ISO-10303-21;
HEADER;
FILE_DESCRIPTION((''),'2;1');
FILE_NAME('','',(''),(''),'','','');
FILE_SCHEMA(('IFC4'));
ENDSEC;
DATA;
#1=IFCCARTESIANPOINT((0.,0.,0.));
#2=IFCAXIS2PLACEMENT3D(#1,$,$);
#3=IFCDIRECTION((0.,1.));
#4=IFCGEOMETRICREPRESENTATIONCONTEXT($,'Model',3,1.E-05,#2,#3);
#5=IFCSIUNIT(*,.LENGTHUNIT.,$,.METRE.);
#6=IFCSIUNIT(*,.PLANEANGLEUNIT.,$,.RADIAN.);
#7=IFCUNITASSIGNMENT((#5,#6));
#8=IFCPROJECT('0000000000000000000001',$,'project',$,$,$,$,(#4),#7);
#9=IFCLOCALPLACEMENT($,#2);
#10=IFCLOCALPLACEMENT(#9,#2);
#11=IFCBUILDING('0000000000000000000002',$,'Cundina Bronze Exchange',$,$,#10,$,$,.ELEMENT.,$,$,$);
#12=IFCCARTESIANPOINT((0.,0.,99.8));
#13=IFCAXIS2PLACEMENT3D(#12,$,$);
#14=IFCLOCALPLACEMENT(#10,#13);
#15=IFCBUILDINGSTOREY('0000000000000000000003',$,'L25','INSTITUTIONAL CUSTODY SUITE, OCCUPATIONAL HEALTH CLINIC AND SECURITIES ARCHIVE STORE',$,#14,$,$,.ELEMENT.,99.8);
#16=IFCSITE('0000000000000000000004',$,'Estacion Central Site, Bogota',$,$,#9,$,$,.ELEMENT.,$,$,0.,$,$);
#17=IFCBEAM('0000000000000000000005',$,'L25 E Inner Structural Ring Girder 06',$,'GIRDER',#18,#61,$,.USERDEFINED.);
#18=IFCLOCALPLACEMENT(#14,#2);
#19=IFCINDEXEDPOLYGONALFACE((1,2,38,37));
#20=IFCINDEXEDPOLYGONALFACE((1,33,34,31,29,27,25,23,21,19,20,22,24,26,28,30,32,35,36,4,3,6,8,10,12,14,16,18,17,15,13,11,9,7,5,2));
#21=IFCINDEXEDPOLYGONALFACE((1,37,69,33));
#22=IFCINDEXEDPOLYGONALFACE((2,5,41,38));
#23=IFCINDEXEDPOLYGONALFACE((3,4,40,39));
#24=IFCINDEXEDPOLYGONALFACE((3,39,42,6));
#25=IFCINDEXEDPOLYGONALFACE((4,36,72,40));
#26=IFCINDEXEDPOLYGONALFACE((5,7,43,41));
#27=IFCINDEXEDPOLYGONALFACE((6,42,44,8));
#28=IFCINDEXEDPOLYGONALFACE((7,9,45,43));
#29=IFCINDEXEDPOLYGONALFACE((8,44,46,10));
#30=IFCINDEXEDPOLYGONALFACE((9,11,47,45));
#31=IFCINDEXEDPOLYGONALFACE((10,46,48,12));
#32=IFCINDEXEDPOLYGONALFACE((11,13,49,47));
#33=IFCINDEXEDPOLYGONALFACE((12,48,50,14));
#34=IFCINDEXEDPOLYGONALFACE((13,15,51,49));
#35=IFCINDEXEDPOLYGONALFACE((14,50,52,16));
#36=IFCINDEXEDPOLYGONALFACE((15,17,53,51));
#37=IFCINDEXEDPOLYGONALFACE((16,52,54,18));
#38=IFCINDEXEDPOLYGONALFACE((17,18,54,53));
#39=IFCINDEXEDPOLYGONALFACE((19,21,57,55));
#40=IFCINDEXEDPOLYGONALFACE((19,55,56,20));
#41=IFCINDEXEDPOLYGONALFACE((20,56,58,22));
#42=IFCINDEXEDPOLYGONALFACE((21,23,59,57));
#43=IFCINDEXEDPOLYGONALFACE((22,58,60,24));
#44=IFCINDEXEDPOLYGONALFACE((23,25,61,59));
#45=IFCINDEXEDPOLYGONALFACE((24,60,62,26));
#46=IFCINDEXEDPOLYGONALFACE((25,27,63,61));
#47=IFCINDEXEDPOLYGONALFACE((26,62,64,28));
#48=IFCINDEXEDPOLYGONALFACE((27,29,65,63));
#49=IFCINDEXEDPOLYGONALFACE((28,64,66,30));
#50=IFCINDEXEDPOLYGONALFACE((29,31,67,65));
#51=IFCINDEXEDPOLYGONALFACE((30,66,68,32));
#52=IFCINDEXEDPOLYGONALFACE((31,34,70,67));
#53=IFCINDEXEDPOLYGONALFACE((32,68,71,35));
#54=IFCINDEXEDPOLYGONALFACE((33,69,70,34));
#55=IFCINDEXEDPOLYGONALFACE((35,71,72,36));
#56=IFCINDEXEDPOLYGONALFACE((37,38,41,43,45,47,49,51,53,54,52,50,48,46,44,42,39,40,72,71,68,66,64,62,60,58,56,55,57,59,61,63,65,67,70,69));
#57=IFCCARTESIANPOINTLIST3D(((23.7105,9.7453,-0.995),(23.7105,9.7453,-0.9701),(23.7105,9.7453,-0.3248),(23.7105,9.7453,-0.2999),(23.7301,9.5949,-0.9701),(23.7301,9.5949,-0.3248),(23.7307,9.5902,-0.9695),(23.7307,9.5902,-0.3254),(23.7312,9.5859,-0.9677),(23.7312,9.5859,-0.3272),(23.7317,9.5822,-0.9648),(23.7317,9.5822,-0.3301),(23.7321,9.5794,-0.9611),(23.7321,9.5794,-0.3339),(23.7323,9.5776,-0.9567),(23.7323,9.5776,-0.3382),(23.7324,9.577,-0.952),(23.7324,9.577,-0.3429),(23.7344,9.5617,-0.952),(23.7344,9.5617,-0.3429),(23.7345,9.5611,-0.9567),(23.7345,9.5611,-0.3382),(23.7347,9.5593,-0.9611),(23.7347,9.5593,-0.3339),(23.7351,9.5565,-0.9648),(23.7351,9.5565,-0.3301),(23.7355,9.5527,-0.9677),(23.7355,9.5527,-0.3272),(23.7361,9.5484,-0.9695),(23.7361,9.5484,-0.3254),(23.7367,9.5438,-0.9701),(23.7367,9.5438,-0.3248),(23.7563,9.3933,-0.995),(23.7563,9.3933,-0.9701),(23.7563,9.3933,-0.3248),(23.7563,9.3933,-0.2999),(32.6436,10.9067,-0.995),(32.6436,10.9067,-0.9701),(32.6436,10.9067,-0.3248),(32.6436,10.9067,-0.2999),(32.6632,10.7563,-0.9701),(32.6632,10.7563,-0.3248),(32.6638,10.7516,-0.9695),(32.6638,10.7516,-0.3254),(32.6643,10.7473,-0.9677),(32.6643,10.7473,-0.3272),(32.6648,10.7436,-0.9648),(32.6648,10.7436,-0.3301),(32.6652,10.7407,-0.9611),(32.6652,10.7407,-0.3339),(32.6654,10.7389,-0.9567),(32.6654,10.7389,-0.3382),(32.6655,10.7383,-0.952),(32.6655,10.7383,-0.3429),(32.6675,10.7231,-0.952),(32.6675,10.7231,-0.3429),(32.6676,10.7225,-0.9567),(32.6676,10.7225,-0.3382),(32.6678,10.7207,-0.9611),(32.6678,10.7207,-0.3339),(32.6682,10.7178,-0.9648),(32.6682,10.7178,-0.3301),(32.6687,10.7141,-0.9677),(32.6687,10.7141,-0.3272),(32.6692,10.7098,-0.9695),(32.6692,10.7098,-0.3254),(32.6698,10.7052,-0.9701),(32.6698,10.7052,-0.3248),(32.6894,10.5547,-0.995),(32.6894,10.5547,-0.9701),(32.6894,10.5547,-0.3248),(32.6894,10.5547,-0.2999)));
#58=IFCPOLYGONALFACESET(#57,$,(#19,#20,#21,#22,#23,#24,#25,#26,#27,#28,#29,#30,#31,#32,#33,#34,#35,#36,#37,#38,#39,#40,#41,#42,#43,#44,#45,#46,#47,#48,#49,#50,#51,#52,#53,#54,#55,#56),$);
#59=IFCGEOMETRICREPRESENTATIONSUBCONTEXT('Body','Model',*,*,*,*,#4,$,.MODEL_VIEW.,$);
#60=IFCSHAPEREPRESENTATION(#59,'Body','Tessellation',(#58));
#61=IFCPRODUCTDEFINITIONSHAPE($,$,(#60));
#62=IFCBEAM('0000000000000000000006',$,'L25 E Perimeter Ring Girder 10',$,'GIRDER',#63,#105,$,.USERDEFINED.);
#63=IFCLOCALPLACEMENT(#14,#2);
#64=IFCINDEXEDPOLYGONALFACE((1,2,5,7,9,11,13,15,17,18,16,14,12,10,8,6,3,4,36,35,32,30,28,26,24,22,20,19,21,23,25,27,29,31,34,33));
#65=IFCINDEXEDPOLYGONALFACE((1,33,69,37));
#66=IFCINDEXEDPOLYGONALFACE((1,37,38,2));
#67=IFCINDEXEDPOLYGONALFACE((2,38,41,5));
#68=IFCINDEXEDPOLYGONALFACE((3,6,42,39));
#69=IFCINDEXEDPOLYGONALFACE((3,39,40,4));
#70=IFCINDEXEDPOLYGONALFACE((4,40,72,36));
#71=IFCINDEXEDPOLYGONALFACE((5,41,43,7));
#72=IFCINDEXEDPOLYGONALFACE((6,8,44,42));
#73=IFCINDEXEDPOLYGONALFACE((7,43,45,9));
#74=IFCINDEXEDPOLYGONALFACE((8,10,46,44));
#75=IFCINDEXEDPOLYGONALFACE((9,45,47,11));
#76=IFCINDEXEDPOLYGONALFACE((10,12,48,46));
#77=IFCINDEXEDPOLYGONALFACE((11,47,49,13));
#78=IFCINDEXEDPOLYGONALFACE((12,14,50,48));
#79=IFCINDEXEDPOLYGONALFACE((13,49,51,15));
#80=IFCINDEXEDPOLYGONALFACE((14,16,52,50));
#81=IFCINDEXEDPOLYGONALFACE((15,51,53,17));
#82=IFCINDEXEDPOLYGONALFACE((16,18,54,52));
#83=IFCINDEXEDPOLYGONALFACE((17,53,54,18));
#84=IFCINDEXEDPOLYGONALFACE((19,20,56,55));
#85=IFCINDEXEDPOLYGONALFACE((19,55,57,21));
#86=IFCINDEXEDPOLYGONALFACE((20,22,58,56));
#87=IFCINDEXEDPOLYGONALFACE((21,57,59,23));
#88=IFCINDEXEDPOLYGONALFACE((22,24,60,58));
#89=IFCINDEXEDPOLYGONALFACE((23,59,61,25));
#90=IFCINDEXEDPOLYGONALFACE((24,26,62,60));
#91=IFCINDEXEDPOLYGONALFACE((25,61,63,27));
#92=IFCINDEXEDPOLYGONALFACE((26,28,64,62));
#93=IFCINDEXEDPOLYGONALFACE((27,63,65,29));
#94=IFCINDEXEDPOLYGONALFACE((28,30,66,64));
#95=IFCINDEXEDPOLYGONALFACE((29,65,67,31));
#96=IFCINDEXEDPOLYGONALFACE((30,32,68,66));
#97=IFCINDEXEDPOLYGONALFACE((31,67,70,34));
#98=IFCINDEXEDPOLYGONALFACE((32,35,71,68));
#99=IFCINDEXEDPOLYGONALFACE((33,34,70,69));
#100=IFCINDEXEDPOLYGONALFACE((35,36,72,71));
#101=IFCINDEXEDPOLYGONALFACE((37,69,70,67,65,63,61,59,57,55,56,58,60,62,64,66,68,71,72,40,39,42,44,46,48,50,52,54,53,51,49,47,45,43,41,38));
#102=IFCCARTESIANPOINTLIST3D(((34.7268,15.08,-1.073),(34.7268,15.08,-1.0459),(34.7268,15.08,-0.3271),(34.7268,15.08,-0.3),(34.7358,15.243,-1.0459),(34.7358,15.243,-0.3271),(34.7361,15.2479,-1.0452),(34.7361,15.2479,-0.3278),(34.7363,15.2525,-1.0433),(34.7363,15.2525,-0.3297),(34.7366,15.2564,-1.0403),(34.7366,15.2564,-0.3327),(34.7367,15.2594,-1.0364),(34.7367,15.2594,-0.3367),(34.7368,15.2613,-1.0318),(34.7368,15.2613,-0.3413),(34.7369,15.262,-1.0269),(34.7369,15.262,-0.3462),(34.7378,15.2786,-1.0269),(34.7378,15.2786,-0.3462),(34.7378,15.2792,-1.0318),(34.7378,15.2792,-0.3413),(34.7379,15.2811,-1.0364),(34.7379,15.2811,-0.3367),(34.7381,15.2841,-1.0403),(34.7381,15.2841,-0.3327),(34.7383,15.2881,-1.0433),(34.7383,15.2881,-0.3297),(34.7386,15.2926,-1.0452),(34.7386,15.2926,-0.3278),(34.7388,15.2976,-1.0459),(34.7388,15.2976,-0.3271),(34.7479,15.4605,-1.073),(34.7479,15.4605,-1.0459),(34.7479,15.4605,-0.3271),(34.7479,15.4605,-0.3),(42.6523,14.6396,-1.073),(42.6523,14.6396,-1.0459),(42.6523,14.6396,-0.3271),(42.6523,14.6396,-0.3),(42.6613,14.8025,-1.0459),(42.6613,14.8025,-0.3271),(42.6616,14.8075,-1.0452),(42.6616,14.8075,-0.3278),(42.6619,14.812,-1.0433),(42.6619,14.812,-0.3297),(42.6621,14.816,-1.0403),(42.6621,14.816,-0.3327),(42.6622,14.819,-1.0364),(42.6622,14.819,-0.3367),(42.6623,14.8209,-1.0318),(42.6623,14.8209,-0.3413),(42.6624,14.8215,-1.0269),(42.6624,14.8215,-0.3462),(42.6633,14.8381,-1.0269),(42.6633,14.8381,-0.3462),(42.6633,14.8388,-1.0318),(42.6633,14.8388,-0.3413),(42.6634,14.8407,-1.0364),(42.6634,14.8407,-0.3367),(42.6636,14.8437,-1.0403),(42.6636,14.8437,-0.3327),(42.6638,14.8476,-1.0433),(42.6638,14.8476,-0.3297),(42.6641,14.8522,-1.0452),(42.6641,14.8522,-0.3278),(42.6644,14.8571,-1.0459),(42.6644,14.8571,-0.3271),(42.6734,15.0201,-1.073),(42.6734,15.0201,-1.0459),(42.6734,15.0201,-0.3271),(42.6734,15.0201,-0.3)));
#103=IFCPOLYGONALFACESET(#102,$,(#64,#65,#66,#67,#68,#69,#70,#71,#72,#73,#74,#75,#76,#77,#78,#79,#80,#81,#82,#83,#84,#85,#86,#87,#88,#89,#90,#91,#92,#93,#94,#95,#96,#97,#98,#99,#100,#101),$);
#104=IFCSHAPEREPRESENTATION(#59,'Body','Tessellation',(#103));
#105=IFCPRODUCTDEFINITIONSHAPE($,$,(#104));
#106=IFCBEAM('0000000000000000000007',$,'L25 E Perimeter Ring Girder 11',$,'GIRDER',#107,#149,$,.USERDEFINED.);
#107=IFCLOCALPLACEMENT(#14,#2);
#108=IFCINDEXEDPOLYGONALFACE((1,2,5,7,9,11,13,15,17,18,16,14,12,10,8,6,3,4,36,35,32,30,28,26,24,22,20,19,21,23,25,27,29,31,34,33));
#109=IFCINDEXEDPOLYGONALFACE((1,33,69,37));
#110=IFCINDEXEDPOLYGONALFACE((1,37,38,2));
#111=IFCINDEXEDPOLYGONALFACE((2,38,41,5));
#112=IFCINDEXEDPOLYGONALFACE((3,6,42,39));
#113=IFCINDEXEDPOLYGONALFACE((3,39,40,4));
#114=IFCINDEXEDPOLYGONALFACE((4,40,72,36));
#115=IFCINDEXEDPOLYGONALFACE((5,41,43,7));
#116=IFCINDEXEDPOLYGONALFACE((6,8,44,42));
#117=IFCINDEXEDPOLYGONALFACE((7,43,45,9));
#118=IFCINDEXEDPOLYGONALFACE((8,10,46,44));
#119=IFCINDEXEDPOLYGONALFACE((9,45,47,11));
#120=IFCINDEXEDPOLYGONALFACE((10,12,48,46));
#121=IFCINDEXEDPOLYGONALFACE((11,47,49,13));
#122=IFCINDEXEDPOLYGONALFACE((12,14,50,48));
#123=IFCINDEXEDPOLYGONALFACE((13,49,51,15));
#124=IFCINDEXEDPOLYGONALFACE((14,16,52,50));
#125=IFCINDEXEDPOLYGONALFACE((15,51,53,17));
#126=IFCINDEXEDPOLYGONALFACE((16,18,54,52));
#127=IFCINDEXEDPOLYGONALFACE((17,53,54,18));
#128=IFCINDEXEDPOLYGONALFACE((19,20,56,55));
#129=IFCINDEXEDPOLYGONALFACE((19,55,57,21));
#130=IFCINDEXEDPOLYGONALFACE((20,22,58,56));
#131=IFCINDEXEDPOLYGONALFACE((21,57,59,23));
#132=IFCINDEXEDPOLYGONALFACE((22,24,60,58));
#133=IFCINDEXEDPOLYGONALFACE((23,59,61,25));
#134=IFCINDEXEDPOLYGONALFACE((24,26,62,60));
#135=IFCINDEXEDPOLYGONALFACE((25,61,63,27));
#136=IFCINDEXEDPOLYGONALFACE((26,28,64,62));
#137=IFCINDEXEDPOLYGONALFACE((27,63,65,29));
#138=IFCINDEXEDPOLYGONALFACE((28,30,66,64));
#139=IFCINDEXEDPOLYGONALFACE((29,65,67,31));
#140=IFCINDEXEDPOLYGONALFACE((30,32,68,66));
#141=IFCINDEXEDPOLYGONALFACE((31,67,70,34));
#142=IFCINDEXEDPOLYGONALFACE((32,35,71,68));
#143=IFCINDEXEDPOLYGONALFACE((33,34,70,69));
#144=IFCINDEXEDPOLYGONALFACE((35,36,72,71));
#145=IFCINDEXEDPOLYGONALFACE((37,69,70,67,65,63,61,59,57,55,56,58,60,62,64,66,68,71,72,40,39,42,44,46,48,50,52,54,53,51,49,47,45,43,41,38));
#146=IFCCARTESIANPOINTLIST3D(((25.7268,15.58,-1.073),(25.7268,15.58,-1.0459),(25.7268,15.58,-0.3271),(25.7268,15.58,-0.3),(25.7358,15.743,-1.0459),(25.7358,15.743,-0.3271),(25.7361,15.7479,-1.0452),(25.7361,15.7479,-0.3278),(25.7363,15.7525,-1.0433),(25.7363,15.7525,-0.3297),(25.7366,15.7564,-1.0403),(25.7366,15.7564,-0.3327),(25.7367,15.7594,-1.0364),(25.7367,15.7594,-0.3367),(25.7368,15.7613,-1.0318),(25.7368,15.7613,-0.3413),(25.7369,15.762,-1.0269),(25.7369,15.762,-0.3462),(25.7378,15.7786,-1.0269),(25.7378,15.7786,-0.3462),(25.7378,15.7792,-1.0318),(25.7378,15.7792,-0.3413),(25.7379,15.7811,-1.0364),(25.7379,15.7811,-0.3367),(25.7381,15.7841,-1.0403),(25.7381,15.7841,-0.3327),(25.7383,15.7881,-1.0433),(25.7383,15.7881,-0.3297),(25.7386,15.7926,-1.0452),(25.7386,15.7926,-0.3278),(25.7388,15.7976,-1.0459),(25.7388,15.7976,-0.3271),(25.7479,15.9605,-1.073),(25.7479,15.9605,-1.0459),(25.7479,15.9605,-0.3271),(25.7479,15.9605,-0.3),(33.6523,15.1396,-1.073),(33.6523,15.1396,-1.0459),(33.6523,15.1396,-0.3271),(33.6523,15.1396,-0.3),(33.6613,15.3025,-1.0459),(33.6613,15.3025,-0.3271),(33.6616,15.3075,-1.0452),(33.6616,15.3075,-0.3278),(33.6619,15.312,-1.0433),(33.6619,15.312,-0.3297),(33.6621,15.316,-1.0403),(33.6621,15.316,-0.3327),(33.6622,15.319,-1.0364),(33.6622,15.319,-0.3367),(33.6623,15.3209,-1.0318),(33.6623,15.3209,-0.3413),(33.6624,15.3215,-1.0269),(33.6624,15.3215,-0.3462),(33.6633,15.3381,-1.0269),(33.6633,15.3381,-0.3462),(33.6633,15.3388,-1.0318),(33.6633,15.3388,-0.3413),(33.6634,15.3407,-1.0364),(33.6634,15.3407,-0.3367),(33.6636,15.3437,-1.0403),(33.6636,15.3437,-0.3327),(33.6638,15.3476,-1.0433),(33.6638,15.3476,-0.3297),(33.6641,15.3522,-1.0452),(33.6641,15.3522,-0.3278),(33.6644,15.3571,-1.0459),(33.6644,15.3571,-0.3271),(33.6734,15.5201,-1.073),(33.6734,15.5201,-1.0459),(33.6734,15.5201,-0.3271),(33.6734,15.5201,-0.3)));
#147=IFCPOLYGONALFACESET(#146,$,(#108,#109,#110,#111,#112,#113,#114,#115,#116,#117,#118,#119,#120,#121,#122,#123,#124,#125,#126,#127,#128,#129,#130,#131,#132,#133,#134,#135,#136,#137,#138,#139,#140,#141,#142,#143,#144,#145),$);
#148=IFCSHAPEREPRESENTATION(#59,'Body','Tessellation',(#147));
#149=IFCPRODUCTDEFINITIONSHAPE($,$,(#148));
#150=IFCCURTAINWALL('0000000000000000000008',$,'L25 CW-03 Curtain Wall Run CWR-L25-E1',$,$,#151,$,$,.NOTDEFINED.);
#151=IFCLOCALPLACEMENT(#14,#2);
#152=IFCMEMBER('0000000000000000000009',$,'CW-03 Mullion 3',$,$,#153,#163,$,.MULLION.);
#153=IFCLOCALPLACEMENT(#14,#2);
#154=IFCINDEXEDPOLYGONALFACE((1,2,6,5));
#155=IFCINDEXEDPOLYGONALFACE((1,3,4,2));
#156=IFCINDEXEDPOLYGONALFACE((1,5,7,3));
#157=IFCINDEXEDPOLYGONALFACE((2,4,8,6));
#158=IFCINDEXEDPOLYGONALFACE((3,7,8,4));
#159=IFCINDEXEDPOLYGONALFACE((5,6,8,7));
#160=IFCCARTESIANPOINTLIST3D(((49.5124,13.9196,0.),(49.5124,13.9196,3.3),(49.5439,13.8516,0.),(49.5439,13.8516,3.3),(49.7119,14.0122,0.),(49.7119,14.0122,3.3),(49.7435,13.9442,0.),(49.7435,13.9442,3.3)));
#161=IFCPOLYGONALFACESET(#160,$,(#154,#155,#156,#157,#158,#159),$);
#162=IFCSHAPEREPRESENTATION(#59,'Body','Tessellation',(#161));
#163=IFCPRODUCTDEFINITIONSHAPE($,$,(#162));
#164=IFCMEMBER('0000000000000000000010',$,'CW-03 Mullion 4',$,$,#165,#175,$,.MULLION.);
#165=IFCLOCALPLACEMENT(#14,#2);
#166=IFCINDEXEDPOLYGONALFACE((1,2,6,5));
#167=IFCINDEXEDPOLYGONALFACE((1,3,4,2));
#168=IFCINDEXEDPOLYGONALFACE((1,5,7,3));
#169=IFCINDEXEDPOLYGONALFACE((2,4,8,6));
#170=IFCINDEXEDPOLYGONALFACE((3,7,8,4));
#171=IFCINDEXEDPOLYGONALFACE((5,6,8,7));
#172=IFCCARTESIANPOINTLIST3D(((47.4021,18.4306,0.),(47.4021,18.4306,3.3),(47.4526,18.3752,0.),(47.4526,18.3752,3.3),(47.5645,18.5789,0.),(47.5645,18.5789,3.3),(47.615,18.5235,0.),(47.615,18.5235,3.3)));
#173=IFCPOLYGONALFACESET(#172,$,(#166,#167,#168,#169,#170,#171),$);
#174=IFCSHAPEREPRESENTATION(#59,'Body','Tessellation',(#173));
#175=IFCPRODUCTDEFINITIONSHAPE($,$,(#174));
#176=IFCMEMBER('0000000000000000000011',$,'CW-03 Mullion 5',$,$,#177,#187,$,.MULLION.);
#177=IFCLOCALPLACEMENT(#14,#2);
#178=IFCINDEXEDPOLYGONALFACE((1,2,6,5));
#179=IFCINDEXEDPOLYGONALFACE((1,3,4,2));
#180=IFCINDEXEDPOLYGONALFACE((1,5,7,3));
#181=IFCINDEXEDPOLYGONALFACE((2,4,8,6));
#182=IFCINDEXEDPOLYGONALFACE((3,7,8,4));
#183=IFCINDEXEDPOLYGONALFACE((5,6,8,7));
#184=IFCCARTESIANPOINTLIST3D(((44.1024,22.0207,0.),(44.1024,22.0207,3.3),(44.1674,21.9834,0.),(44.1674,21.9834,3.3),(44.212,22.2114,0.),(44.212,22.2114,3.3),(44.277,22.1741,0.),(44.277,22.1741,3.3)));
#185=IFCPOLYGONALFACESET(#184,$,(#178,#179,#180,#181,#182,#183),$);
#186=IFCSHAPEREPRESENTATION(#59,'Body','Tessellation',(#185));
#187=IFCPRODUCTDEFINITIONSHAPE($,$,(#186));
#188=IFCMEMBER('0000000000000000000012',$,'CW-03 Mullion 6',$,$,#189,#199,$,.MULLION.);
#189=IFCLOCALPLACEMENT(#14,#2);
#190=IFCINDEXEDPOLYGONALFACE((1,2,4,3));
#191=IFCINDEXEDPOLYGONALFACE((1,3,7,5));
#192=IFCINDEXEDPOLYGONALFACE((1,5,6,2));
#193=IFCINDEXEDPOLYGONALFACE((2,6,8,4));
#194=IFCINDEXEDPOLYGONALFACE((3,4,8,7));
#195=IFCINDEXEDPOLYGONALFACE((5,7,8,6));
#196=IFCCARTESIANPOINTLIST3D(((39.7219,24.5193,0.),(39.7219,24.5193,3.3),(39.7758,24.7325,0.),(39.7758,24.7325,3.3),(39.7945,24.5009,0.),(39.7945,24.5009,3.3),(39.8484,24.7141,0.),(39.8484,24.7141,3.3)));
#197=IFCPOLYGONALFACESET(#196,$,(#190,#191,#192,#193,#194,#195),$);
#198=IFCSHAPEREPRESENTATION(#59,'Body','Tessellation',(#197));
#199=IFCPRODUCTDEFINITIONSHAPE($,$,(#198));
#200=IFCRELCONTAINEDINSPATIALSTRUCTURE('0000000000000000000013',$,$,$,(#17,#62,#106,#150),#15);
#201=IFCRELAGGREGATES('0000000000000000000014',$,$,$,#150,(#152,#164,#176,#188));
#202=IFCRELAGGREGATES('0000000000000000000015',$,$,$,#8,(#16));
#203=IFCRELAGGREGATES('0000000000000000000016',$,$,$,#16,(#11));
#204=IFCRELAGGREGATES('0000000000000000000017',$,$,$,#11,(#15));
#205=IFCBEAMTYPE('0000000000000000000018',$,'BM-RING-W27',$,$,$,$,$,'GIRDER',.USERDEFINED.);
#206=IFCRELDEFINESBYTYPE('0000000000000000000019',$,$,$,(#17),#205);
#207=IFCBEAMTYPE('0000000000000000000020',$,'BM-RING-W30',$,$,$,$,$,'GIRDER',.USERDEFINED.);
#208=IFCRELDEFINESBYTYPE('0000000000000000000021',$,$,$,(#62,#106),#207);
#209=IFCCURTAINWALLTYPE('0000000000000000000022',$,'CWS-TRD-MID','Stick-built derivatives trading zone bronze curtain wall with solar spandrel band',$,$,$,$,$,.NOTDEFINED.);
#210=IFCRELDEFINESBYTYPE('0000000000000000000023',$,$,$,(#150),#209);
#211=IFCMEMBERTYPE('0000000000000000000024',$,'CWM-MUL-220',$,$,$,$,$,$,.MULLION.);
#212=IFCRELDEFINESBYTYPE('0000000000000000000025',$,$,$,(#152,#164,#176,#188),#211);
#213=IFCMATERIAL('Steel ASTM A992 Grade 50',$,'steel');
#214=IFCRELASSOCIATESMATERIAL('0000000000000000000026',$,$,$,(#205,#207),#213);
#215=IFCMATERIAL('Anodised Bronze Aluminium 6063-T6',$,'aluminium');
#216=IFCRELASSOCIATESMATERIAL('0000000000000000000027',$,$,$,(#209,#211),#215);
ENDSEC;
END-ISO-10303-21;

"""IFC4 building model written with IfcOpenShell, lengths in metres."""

from ifc_helpers import new_model, si_unit, direction, frame, origin, origin_2d, place, context, subcontext, project, spatial, rectangle, i_section, extrude, material, material_profile, profile_set, type_object, element, aggregate, save


model = new_model("IFC4")

# Units and contexts
model_context = context("Model", 3, precision=1e-05, world=origin(), true_north=direction((0.0, 1.0)))
body_context = subcontext(model_context, "Body", "Model", "MODEL_VIEW")
ifc_project = project(units=[si_unit("LENGTHUNIT", "METRE"), si_unit("PLANEANGLEUNIT", "RADIAN")], contexts=[model_context])

# Site, building, storey
site_placement = place(None, origin())
site = spatial("IfcSite", under=ifc_project, at=site_placement, Name="Estacion Central Site, Bogota", CompositionType="ELEMENT", RefElevation=0.0)
building_placement = place(site_placement, origin())
building = spatial("IfcBuilding", under=site, at=building_placement, Name="Cundina Bronze Exchange", CompositionType="ELEMENT")
storey_placement = place(building_placement, frame((0.0, 0.0, 99.8)))
storey = spatial("IfcBuildingStorey", under=building, at=storey_placement, Name="L25", Description="INSTITUTIONAL CUSTODY SUITE, OCCUPATIONAL HEALTH CLINIC AND SECURITIES ARCHIVE STORE", CompositionType="ELEMENT", Elevation=99.8)

# Beams
ifc_material_1 = material(Name="Steel ASTM A992 Grade 50", Category="steel")
ifc_material_profile_1 = material_profile(ifc_material_1, i_section(OverallWidth=0.355, OverallDepth=0.6951, WebThickness=0.0154, FlangeThickness=0.0249, FilletRadius=0.0181, at=origin_2d()), Name="W27X146", Category="steel")
ifc_profile_set_1 = profile_set([ifc_material_profile_1], Name="Steel ASTM A992 Grade 50")
beam_type_1 = type_object("IfcBeamType", Name="BM-RING-W27", ElementType="GIRDER", PredefinedType="USERDEFINED", material=ifc_profile_set_1)
beam_1_placement = place(storey_placement, frame((32.6665, 10.7307, -0.6475), z_axis=(-0.991655, -0.128923, 0.0), x_axis=(0.128923, -0.991655, 0.0)))
element("IfcBeam", 1, at=beam_1_placement, inside=storey, type_object=beam_type_1, Name="L25 E Inner Structural Ring Girder 06", ObjectType="GIRDER", PredefinedType="USERDEFINED", context=body_context, shape_type="SweptSolid", body=[
    extrude(i_section(OverallWidth=0.355, OverallDepth=0.6951, WebThickness=0.0154, FlangeThickness=0.0249, FilletRadius=0.0181, at=origin_2d()), origin(), (0.0, 0.0, 1.0), 9.0083),
])
ifc_material_profile_2 = material_profile(ifc_material_1, i_section(OverallWidth=0.3811, OverallDepth=0.7729, WebThickness=0.0166, FlangeThickness=0.0271, FilletRadius=0.019, at=origin_2d()), Name="W30X173", Category="steel")
ifc_profile_set_2 = profile_set([ifc_material_profile_2], Name="Steel ASTM A992 Grade 50")
beam_type_2 = type_object("IfcBeamType", Name="BM-RING-W30", ElementType="GIRDER", PredefinedType="USERDEFINED", material=ifc_profile_set_2)
for number, where, z_axis, x_axis, name in (
    (2, (42.6628, 14.8298, -0.6865), (-0.99846, 0.055485, 0.0), (-0.055485, -0.99846, 0.0), "L25 E Perimeter Ring Girder 10"),
    (3, (33.6628, 15.3298, -0.6865), (-0.99846, 0.055485, 0.0), (-0.055485, -0.99846, 0.0), "L25 E Perimeter Ring Girder 11"),
):
    element("IfcBeam", number, at=place(storey_placement, frame(where, z_axis=z_axis, x_axis=x_axis)), inside=storey, type_object=beam_type_2, Name=name, ObjectType="GIRDER", PredefinedType="USERDEFINED", context=body_context, shape_type="SweptSolid", body=[
        extrude(i_section(OverallWidth=0.3811, OverallDepth=0.7729, WebThickness=0.0166, FlangeThickness=0.0271, FilletRadius=0.019, at=origin_2d()), origin(), (0.0, 0.0, 1.0), 7.9377),
    ])

# Curtain wall, members
ifc_material_2 = material(Name="Anodised Bronze Aluminium 6063-T6", Category="aluminium")
curtain_wall_type = type_object("IfcCurtainWallType", Name="CWS-TRD-MID", Description="Stick-built derivatives trading zone bronze curtain wall with solar spandrel band", PredefinedType="NOTDEFINED", material=ifc_material_2)
curtain_wall_placement = place(storey_placement, origin())
curtain_wall = element("IfcCurtainWall", 4, at=curtain_wall_placement, inside=storey, type_object=curtain_wall_type, Name="L25 CW-03 Curtain Wall Run CWR-L25-E1", PredefinedType="NOTDEFINED")
ifc_material_profile_3 = material_profile(ifc_material_2, rectangle(XDim=0.075, YDim=0.22, at=origin_2d()), Name="AL75X220", Category="aluminium")
ifc_profile_set_3 = profile_set([ifc_material_profile_3], Name="Anodised Bronze Aluminium 6063-T6")
member_type_1 = type_object("IfcMemberType", Name="CWM-MUL-220", PredefinedType="MULLION", material=ifc_profile_set_3)
member_1_placement = place(storey_placement, frame((49.6279, 13.9319, 0.0), z_axis=(0.0, 0.0, 1.0), x_axis=(-0.420877, 0.907117, 0.0)))
member_1 = element("IfcMember", 5, at=member_1_placement, type_object=member_type_1, Name="CW-03 Mullion 3", PredefinedType="MULLION", context=body_context, shape_type="SweptSolid", body=[
    extrude(rectangle(XDim=0.075, YDim=0.22, at=origin_2d()), origin(), (0.0, 0.0, 1.0), 3.3),
])
member_2_placement = place(storey_placement, frame((47.5085, 18.4771, 0.0), z_axis=(0.0, 0.0, 1.0), x_axis=(-0.674302, 0.738455, 0.0)))
member_2 = element("IfcMember", 6, at=member_2_placement, type_object=member_type_1, Name="CW-03 Mullion 4", PredefinedType="MULLION", context=body_context, shape_type="SweptSolid", body=[
    extrude(rectangle(XDim=0.075, YDim=0.22, at=origin_2d()), origin(), (0.0, 0.0, 1.0), 3.3),
])
member_3_placement = place(storey_placement, frame((44.1897, 22.0974, 0.0), z_axis=(0.0, 0.0, 1.0), x_axis=(-0.867071, 0.498185, 0.0)))
member_3 = element("IfcMember", 7, at=member_3_placement, type_object=member_type_1, Name="CW-03 Mullion 5", PredefinedType="MULLION", context=body_context, shape_type="SweptSolid", body=[
    extrude(rectangle(XDim=0.075, YDim=0.22, at=origin_2d()), origin(), (0.0, 0.0, 1.0), 3.3),
])
member_4_placement = place(storey_placement, frame((39.7852, 24.6167, 0.0), z_axis=(0.0, 0.0, 1.0), x_axis=(-0.969488, 0.245138, 0.0)))
member_4 = element("IfcMember", 8, at=member_4_placement, type_object=member_type_1, Name="CW-03 Mullion 6", PredefinedType="MULLION", context=body_context, shape_type="SweptSolid", body=[
    extrude(rectangle(XDim=0.075, YDim=0.22, at=origin_2d()), origin(), (0.0, 0.0, 1.0), 3.3),
])
aggregate(curtain_wall, [member_1, member_2, member_3, member_4])

save(model, "model.ifc")
